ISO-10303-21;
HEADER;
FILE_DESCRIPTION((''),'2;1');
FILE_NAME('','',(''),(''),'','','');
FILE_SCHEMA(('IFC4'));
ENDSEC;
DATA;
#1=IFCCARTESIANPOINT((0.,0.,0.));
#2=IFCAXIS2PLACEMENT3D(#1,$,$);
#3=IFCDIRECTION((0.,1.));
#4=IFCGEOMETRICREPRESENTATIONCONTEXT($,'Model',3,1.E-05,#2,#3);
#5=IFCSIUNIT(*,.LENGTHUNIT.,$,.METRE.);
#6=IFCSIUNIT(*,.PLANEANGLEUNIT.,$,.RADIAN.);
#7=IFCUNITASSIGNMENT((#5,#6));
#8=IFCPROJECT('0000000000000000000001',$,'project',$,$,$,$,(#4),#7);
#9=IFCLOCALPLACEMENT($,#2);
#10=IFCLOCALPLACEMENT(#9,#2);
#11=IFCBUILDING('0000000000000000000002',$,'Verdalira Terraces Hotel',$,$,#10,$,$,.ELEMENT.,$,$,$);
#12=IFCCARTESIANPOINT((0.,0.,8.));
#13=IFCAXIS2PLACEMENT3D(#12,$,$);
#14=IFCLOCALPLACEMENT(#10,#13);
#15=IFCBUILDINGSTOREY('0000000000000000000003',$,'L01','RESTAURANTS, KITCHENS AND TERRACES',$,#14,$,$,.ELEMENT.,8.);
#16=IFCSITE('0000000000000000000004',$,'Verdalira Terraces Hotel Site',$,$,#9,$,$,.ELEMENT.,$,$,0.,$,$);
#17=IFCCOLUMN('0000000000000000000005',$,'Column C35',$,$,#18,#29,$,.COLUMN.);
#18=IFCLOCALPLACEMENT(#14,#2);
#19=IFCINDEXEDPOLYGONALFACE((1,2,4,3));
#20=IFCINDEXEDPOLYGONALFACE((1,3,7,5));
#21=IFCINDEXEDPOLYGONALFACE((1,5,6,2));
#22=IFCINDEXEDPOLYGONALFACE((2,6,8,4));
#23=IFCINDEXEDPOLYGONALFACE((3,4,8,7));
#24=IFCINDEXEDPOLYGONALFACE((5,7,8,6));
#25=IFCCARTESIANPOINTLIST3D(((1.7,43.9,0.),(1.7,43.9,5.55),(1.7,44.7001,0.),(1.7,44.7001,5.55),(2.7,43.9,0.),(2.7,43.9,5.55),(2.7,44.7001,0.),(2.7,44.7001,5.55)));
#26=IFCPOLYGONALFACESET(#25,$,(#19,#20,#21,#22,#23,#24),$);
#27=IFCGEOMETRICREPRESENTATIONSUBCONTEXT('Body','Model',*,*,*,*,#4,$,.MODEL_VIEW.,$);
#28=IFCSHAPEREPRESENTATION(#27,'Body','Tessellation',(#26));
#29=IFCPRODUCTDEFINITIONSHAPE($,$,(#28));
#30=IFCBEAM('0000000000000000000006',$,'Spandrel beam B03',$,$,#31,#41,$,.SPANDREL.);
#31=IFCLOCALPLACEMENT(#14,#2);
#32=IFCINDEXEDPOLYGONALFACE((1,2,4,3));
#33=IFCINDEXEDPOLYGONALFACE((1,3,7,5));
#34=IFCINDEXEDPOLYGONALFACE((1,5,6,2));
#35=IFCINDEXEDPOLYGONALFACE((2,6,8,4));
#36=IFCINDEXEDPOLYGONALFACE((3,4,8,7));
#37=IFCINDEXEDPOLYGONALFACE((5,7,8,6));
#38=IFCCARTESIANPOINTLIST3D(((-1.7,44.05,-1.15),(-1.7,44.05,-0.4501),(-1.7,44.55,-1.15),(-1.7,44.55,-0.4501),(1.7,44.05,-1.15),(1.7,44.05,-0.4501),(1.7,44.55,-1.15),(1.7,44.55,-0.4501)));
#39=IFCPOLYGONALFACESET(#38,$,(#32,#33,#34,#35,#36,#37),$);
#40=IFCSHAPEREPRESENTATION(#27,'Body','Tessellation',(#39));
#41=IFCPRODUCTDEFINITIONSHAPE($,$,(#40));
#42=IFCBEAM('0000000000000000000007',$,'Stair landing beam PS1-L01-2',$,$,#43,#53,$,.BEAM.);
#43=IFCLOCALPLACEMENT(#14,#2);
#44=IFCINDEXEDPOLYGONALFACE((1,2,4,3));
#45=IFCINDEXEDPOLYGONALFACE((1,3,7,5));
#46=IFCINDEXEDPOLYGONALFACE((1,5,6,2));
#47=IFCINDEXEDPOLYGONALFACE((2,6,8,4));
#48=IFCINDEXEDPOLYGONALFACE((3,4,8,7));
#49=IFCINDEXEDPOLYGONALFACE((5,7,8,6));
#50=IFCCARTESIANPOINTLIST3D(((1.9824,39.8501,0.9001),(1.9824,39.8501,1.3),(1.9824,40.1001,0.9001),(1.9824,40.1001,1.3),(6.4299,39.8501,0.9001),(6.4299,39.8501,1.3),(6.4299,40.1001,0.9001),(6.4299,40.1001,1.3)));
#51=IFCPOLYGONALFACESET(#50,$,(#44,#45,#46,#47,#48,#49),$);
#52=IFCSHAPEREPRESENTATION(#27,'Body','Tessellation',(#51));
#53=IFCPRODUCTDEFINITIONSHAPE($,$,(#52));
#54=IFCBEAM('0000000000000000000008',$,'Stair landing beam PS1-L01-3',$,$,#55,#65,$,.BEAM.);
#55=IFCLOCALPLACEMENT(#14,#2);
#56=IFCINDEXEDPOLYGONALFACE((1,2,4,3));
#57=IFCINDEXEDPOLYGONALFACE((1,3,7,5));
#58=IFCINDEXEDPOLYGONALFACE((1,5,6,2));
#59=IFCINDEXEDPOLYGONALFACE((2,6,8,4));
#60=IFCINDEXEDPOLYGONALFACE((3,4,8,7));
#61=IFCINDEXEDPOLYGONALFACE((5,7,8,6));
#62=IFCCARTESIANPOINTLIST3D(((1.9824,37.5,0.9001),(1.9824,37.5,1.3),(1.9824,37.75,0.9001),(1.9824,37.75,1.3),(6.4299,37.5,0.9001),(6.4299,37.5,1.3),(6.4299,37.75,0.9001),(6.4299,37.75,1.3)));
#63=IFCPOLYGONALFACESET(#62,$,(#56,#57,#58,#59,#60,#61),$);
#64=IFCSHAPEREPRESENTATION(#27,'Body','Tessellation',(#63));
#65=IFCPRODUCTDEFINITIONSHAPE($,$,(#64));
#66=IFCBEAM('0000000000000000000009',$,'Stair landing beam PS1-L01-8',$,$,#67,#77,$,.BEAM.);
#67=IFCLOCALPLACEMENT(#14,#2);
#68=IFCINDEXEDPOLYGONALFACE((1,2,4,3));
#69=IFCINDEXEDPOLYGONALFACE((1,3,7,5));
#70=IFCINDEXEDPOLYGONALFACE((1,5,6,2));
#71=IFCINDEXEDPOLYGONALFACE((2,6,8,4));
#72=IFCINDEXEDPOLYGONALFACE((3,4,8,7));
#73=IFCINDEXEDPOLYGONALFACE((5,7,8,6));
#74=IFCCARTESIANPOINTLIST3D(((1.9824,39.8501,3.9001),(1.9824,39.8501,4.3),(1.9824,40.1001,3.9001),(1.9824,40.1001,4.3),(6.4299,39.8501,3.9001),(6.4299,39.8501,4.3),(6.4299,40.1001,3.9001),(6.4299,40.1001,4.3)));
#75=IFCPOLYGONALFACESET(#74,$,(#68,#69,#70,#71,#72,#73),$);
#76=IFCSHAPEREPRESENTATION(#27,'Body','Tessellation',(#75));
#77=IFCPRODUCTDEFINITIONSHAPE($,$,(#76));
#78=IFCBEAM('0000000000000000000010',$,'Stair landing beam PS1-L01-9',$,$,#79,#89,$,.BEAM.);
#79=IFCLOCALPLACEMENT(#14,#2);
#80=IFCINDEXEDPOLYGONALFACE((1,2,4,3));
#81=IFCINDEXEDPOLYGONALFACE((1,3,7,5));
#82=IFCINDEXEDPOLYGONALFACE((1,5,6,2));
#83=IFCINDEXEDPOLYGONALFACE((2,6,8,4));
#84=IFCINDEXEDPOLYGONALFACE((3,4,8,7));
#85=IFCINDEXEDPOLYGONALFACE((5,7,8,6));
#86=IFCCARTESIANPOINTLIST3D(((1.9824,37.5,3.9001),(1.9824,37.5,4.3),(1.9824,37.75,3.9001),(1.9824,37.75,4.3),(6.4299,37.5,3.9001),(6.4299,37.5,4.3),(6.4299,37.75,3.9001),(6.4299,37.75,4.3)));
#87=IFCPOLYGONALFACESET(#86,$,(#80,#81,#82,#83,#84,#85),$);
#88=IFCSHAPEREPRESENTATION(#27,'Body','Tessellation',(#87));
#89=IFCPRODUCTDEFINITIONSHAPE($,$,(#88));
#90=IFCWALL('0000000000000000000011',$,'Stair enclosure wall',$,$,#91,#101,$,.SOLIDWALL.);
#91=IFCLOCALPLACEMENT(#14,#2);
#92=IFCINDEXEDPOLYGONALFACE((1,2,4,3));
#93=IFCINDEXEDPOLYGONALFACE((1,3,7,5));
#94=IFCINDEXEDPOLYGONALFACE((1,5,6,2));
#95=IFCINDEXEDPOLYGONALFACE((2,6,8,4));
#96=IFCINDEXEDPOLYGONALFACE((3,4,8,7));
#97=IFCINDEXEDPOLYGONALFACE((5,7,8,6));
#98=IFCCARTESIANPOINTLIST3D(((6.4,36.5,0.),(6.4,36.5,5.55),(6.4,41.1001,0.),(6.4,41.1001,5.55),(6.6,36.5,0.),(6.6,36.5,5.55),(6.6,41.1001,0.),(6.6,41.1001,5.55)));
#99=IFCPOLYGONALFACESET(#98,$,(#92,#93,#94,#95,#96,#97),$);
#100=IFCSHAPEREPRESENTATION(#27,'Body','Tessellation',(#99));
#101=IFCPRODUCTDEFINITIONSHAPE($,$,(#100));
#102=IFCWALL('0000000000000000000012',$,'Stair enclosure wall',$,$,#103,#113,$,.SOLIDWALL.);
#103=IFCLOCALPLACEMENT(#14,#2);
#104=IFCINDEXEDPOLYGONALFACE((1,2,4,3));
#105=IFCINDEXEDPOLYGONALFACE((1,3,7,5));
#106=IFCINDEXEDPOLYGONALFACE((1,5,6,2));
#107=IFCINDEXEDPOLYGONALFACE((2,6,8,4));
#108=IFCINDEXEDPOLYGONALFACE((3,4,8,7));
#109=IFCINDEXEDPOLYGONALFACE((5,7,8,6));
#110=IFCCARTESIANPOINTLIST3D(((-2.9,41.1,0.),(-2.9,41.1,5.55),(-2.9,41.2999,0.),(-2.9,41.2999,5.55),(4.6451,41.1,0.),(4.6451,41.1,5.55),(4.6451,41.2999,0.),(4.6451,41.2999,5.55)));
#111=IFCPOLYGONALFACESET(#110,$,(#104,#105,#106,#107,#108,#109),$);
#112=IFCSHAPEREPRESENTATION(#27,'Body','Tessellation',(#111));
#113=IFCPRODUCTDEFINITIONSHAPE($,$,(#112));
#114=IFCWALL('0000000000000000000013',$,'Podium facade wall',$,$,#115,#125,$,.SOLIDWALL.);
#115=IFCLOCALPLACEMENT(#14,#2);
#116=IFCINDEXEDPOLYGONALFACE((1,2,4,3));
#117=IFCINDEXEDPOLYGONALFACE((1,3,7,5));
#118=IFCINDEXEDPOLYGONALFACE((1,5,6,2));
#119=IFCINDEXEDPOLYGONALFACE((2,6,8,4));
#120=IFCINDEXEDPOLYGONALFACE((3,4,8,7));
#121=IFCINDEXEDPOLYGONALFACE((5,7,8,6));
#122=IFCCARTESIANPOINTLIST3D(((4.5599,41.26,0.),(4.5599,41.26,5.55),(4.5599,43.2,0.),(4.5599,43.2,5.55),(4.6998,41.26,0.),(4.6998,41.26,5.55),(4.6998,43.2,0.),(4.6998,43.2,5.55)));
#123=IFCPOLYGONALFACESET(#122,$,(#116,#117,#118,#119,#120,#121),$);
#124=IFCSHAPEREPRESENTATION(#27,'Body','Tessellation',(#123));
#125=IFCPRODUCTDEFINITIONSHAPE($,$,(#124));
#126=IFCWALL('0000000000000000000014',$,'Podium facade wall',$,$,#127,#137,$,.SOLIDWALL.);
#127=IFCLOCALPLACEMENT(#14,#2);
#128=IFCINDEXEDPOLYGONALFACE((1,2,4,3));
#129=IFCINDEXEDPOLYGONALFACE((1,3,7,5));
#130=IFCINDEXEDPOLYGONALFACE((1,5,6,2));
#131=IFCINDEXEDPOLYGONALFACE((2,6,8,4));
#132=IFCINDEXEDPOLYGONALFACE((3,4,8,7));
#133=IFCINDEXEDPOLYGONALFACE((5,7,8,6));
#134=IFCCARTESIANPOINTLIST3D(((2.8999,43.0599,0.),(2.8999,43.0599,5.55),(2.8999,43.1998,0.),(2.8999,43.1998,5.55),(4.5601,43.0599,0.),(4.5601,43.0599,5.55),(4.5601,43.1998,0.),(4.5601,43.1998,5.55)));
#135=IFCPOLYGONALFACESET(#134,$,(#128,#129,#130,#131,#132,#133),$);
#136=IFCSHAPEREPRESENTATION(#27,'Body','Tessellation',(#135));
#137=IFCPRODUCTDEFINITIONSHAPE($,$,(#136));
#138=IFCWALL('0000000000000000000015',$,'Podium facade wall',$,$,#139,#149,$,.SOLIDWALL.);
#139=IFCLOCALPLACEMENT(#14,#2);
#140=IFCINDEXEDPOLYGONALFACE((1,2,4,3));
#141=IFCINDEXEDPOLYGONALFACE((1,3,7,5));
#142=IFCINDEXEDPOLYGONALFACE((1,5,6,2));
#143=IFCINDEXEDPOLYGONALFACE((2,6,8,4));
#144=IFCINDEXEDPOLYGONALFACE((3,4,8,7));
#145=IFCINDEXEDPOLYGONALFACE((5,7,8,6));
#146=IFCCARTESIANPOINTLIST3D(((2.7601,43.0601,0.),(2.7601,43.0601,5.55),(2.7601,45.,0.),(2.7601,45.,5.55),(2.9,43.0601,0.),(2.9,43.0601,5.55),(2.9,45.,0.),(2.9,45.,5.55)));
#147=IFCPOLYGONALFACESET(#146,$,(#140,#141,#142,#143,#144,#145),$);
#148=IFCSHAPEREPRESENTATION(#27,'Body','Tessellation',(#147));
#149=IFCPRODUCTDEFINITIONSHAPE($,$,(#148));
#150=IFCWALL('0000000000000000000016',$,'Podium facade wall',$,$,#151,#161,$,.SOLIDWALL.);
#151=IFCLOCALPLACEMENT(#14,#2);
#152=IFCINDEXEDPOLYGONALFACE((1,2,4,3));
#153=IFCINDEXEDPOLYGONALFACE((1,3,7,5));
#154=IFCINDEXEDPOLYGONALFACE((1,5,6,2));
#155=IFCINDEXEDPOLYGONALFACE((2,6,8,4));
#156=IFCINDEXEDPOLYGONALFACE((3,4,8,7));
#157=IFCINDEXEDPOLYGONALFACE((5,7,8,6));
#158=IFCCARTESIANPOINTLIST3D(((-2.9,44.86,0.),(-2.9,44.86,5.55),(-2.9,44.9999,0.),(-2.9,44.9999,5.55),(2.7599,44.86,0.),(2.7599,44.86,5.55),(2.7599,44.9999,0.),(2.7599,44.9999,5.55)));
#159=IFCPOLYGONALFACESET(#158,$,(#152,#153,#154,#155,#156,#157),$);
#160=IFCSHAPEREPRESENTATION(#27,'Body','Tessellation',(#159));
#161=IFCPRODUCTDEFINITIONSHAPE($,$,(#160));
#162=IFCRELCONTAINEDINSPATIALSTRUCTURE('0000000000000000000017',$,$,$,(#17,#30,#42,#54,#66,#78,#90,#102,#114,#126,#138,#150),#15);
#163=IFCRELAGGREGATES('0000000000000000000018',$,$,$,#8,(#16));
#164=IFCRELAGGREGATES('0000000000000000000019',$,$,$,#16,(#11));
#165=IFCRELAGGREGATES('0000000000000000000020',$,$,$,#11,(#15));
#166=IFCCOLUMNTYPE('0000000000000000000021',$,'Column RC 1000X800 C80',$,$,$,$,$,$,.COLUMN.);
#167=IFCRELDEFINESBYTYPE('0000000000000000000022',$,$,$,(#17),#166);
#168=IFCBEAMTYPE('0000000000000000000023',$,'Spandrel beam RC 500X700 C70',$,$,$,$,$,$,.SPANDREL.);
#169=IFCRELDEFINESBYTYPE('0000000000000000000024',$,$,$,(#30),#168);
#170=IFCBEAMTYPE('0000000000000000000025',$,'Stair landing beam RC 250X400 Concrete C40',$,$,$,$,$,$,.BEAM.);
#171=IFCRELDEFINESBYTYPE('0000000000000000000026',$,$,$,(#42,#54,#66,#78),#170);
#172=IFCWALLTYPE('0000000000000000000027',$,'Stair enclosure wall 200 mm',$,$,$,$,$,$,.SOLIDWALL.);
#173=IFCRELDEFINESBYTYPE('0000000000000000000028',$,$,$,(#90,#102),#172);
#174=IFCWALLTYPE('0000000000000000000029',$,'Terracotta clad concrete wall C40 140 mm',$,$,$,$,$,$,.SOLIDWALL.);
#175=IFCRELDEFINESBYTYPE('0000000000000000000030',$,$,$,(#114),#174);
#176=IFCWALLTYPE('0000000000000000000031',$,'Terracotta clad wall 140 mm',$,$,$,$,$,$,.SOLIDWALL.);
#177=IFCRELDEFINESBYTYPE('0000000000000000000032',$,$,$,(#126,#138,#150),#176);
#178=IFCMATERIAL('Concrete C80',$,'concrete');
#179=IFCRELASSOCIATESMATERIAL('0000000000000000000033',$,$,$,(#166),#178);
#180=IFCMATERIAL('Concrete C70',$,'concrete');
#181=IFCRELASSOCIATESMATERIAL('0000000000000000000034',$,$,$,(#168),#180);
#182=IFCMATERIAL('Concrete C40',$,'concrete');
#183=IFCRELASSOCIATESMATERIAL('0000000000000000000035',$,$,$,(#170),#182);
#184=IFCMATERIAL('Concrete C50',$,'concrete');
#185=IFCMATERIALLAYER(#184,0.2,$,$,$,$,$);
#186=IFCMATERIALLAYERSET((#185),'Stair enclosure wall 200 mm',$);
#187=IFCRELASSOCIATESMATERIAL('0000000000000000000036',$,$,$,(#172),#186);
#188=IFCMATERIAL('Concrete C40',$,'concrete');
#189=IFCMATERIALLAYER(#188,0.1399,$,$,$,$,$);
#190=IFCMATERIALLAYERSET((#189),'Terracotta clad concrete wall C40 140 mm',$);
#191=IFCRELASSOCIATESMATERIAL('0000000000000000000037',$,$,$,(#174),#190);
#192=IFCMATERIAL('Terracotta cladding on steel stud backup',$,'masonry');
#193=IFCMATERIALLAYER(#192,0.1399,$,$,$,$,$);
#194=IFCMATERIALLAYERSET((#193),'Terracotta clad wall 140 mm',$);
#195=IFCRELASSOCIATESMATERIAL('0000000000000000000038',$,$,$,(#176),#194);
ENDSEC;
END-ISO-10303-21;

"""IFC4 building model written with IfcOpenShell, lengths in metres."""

from ifc_helpers import new_model, si_unit, direction, frame, frame_2d, origin, origin_2d, place, context, subcontext, project, spatial, rectangle, extrude, material, layer, layer_set, material_profile, profile_set, type_object, element, save


model = new_model("IFC4")

# Units and contexts
model_context = context("Model", 3, precision=1e-05, world=origin(), true_north=direction((0.0, 1.0)))
body_context = subcontext(model_context, "Body", "Model", "MODEL_VIEW")
ifc_project = project(units=[si_unit("LENGTHUNIT", "METRE"), si_unit("PLANEANGLEUNIT", "RADIAN")], contexts=[model_context])

# Site, building, storey
site_placement = place(None, origin())
site = spatial("IfcSite", under=ifc_project, at=site_placement, Name="Verdalira Terraces Hotel Site", CompositionType="ELEMENT", RefElevation=0.0)
building_placement = place(site_placement, origin())
building = spatial("IfcBuilding", under=site, at=building_placement, Name="Verdalira Terraces Hotel", CompositionType="ELEMENT")
storey_placement = place(building_placement, frame((0.0, 0.0, 8.0)))
storey = spatial("IfcBuildingStorey", under=building, at=storey_placement, Name="L01", Description="RESTAURANTS, KITCHENS AND TERRACES", CompositionType="ELEMENT", Elevation=8.0)

# Column
ifc_material_1 = material(Name="Concrete C80", Category="concrete")
ifc_material_profile_1 = material_profile(ifc_material_1, rectangle(XDim=1.0, YDim=0.8, at=origin_2d()), Name="RC 1000X800")
ifc_profile_set_1 = profile_set([ifc_material_profile_1], Name="Concrete C80")
column_type = type_object("IfcColumnType", Name="Column RC 1000X800 C80", PredefinedType="COLUMN", material=ifc_profile_set_1)
column_placement = place(storey_placement, frame((2.2, 44.3, 0.0), z_axis=(0.0, 0.0, 1.0), x_axis=(-1.0, 0.0, 0.0)))
element("IfcColumn", 1, at=column_placement, inside=storey, type_object=column_type, Name="Column C35", PredefinedType="COLUMN", context=body_context, shape_type="SweptSolid", body=[
    extrude(rectangle(XDim=1.0, YDim=0.8, at=origin_2d()), origin(), (0.0, 0.0, 1.0), 5.55),
])

# Beams
ifc_material_2 = material(Name="Concrete C70", Category="concrete")
ifc_material_profile_2 = material_profile(ifc_material_2, rectangle(XDim=0.5, YDim=0.7, at=origin_2d()), Name="RC 500X700")
ifc_profile_set_2 = profile_set([ifc_material_profile_2], Name="Concrete C70")
beam_type_1 = type_object("IfcBeamType", Name="Spandrel beam RC 500X700 C70", PredefinedType="SPANDREL", material=ifc_profile_set_2)
beam_placement = place(storey_placement, frame((1.7, 44.3, -0.8), z_axis=(-1.0, 0.0, 0.0), x_axis=(0.0, -1.0, 0.0)))
element("IfcBeam", 2, at=beam_placement, inside=storey, type_object=beam_type_1, Name="Spandrel beam B03", PredefinedType="SPANDREL", context=body_context, shape_type="SweptSolid", body=[
    extrude(rectangle(XDim=0.5, YDim=0.7, at=origin_2d()), origin(), (0.0, 0.0, 1.0), 3.3999),
])
ifc_material_3 = material(Name="Concrete C40", Category="concrete")
ifc_material_profile_3 = material_profile(ifc_material_3, rectangle(XDim=0.25, YDim=0.3999, at=origin_2d()), Name="RC 250X400")
ifc_profile_set_3 = profile_set([ifc_material_profile_3], Name="Concrete C40")
beam_type_2 = type_object("IfcBeamType", Name="Stair landing beam RC 250X400 Concrete C40", PredefinedType="BEAM", material=ifc_profile_set_3)
for number, where, z_axis, x_axis, name in (
    (3, (1.9824, 39.9751, 1.1001), (1.0, 0.0, 0.0), (0.0, 1.0, 0.0), "Stair landing beam PS1-L01-2"),
    (4, (1.9824, 37.625, 1.1001), (1.0, 0.0, 0.0), (0.0, 1.0, 0.0), "Stair landing beam PS1-L01-3"),
    (5, (1.9824, 39.9751, 4.1001), (1.0, 0.0, 0.0), (0.0, 1.0, 0.0), "Stair landing beam PS1-L01-8"),
    (6, (1.9824, 37.625, 4.1001), (1.0, 0.0, 0.0), (0.0, 1.0, 0.0), "Stair landing beam PS1-L01-9"),
):
    element("IfcBeam", number, at=place(storey_placement, frame(where, z_axis=z_axis, x_axis=x_axis)), inside=storey, type_object=beam_type_2, Name=name, PredefinedType="BEAM", context=body_context, shape_type="SweptSolid", body=[
        extrude(rectangle(XDim=0.25, YDim=0.3999, at=origin_2d()), origin(), (0.0, 0.0, 1.0), 4.4475),
    ])

# Walls
ifc_material_4 = material(Name="Concrete C50", Category="concrete")
ifc_layer_1 = layer(ifc_material_4, 0.2)
ifc_layer_set_1 = layer_set([ifc_layer_1], Name="Stair enclosure wall 200 mm")
wall_type_1 = type_object("IfcWallType", Name="Stair enclosure wall 200 mm", PredefinedType="SOLIDWALL", material=ifc_layer_set_1)
wall_1_placement = place(storey_placement, frame((6.5, 36.5, 0.0), z_axis=(0.0, 0.0, 1.0), x_axis=(0.0, 1.0, 0.0)))
element("IfcWall", 7, at=wall_1_placement, inside=storey, type_object=wall_type_1, Name="Stair enclosure wall", PredefinedType="SOLIDWALL", context=body_context, shape_type="SweptSolid", body=[
    extrude(rectangle(XDim=4.6001, YDim=0.2, at=frame_2d((2.3, 0.0))), origin(), (0.0, 0.0, 1.0), 5.55),
])
wall_2_placement = place(storey_placement, frame((4.645, 41.2, 0.0), z_axis=(0.0, 0.0, 1.0), x_axis=(-1.0, 0.0, 0.0)))
element("IfcWall", 8, at=wall_2_placement, inside=storey, type_object=wall_type_1, Name="Stair enclosure wall", PredefinedType="SOLIDWALL", context=body_context, shape_type="SweptSolid", body=[
    extrude(rectangle(XDim=7.5452, YDim=0.2, at=frame_2d((3.7725, 0.0))), origin(), (0.0, 0.0, 1.0), 5.55),
])
ifc_material_5 = material(Name="Concrete C40", Category="concrete")
ifc_layer_2 = layer(ifc_material_5, 0.1399)
ifc_layer_set_2 = layer_set([ifc_layer_2], Name="Terracotta clad concrete wall C40 140 mm")
wall_type_2 = type_object("IfcWallType", Name="Terracotta clad concrete wall C40 140 mm", PredefinedType="SOLIDWALL", material=ifc_layer_set_2)
wall_3_placement = place(storey_placement, frame((4.6299, 41.26, 0.0), z_axis=(0.0, 0.0, 1.0), x_axis=(0.0, 1.0, 0.0)))
element("IfcWall", 9, at=wall_3_placement, inside=storey, type_object=wall_type_2, Name="Podium facade wall", PredefinedType="SOLIDWALL", context=body_context, shape_type="SweptSolid", body=[
    extrude(rectangle(XDim=1.9399, YDim=0.1399, at=frame_2d((0.97, 0.0))), origin(), (0.0, 0.0, 1.0), 5.55),
])
ifc_material_6 = material(Name="Terracotta cladding on steel stud backup", Category="masonry")
ifc_layer_3 = layer(ifc_material_6, 0.1399)
ifc_layer_set_3 = layer_set([ifc_layer_3], Name="Terracotta clad wall 140 mm")
wall_type_3 = type_object("IfcWallType", Name="Terracotta clad wall 140 mm", PredefinedType="SOLIDWALL", material=ifc_layer_set_3)
wall_4_placement = place(storey_placement, frame((4.5601, 43.1299, 0.0), z_axis=(0.0, 0.0, 1.0), x_axis=(-1.0, 0.0, 0.0)))
element("IfcWall", 10, at=wall_4_placement, inside=storey, type_object=wall_type_3, Name="Podium facade wall", PredefinedType="SOLIDWALL", context=body_context, shape_type="SweptSolid", body=[
    extrude(rectangle(XDim=1.6602, YDim=0.1399, at=frame_2d((0.8301, 0.0))), origin(), (0.0, 0.0, 1.0), 5.55),
])
wall_5_placement = place(storey_placement, frame((2.8301, 43.0601, 0.0), z_axis=(0.0, 0.0, 1.0), x_axis=(0.0, 1.0, 0.0)))
element("IfcWall", 11, at=wall_5_placement, inside=storey, type_object=wall_type_3, Name="Podium facade wall", PredefinedType="SOLIDWALL", context=body_context, shape_type="SweptSolid", body=[
    extrude(rectangle(XDim=1.9399, YDim=0.1399, at=frame_2d((0.97, 0.0))), origin(), (0.0, 0.0, 1.0), 5.55),
])
wall_6_placement = place(storey_placement, frame((2.76, 44.9299, 0.0), z_axis=(0.0, 0.0, 1.0), x_axis=(-1.0, 0.0, 0.0)))
element("IfcWall", 12, at=wall_6_placement, inside=storey, type_object=wall_type_3, Name="Podium facade wall", PredefinedType="SOLIDWALL", context=body_context, shape_type="SweptSolid", body=[
    extrude(rectangle(XDim=5.6599, YDim=0.1399, at=frame_2d((2.8301, 0.0))), origin(), (0.0, 0.0, 1.0), 5.55),
])

save(model, "model.ifc")
